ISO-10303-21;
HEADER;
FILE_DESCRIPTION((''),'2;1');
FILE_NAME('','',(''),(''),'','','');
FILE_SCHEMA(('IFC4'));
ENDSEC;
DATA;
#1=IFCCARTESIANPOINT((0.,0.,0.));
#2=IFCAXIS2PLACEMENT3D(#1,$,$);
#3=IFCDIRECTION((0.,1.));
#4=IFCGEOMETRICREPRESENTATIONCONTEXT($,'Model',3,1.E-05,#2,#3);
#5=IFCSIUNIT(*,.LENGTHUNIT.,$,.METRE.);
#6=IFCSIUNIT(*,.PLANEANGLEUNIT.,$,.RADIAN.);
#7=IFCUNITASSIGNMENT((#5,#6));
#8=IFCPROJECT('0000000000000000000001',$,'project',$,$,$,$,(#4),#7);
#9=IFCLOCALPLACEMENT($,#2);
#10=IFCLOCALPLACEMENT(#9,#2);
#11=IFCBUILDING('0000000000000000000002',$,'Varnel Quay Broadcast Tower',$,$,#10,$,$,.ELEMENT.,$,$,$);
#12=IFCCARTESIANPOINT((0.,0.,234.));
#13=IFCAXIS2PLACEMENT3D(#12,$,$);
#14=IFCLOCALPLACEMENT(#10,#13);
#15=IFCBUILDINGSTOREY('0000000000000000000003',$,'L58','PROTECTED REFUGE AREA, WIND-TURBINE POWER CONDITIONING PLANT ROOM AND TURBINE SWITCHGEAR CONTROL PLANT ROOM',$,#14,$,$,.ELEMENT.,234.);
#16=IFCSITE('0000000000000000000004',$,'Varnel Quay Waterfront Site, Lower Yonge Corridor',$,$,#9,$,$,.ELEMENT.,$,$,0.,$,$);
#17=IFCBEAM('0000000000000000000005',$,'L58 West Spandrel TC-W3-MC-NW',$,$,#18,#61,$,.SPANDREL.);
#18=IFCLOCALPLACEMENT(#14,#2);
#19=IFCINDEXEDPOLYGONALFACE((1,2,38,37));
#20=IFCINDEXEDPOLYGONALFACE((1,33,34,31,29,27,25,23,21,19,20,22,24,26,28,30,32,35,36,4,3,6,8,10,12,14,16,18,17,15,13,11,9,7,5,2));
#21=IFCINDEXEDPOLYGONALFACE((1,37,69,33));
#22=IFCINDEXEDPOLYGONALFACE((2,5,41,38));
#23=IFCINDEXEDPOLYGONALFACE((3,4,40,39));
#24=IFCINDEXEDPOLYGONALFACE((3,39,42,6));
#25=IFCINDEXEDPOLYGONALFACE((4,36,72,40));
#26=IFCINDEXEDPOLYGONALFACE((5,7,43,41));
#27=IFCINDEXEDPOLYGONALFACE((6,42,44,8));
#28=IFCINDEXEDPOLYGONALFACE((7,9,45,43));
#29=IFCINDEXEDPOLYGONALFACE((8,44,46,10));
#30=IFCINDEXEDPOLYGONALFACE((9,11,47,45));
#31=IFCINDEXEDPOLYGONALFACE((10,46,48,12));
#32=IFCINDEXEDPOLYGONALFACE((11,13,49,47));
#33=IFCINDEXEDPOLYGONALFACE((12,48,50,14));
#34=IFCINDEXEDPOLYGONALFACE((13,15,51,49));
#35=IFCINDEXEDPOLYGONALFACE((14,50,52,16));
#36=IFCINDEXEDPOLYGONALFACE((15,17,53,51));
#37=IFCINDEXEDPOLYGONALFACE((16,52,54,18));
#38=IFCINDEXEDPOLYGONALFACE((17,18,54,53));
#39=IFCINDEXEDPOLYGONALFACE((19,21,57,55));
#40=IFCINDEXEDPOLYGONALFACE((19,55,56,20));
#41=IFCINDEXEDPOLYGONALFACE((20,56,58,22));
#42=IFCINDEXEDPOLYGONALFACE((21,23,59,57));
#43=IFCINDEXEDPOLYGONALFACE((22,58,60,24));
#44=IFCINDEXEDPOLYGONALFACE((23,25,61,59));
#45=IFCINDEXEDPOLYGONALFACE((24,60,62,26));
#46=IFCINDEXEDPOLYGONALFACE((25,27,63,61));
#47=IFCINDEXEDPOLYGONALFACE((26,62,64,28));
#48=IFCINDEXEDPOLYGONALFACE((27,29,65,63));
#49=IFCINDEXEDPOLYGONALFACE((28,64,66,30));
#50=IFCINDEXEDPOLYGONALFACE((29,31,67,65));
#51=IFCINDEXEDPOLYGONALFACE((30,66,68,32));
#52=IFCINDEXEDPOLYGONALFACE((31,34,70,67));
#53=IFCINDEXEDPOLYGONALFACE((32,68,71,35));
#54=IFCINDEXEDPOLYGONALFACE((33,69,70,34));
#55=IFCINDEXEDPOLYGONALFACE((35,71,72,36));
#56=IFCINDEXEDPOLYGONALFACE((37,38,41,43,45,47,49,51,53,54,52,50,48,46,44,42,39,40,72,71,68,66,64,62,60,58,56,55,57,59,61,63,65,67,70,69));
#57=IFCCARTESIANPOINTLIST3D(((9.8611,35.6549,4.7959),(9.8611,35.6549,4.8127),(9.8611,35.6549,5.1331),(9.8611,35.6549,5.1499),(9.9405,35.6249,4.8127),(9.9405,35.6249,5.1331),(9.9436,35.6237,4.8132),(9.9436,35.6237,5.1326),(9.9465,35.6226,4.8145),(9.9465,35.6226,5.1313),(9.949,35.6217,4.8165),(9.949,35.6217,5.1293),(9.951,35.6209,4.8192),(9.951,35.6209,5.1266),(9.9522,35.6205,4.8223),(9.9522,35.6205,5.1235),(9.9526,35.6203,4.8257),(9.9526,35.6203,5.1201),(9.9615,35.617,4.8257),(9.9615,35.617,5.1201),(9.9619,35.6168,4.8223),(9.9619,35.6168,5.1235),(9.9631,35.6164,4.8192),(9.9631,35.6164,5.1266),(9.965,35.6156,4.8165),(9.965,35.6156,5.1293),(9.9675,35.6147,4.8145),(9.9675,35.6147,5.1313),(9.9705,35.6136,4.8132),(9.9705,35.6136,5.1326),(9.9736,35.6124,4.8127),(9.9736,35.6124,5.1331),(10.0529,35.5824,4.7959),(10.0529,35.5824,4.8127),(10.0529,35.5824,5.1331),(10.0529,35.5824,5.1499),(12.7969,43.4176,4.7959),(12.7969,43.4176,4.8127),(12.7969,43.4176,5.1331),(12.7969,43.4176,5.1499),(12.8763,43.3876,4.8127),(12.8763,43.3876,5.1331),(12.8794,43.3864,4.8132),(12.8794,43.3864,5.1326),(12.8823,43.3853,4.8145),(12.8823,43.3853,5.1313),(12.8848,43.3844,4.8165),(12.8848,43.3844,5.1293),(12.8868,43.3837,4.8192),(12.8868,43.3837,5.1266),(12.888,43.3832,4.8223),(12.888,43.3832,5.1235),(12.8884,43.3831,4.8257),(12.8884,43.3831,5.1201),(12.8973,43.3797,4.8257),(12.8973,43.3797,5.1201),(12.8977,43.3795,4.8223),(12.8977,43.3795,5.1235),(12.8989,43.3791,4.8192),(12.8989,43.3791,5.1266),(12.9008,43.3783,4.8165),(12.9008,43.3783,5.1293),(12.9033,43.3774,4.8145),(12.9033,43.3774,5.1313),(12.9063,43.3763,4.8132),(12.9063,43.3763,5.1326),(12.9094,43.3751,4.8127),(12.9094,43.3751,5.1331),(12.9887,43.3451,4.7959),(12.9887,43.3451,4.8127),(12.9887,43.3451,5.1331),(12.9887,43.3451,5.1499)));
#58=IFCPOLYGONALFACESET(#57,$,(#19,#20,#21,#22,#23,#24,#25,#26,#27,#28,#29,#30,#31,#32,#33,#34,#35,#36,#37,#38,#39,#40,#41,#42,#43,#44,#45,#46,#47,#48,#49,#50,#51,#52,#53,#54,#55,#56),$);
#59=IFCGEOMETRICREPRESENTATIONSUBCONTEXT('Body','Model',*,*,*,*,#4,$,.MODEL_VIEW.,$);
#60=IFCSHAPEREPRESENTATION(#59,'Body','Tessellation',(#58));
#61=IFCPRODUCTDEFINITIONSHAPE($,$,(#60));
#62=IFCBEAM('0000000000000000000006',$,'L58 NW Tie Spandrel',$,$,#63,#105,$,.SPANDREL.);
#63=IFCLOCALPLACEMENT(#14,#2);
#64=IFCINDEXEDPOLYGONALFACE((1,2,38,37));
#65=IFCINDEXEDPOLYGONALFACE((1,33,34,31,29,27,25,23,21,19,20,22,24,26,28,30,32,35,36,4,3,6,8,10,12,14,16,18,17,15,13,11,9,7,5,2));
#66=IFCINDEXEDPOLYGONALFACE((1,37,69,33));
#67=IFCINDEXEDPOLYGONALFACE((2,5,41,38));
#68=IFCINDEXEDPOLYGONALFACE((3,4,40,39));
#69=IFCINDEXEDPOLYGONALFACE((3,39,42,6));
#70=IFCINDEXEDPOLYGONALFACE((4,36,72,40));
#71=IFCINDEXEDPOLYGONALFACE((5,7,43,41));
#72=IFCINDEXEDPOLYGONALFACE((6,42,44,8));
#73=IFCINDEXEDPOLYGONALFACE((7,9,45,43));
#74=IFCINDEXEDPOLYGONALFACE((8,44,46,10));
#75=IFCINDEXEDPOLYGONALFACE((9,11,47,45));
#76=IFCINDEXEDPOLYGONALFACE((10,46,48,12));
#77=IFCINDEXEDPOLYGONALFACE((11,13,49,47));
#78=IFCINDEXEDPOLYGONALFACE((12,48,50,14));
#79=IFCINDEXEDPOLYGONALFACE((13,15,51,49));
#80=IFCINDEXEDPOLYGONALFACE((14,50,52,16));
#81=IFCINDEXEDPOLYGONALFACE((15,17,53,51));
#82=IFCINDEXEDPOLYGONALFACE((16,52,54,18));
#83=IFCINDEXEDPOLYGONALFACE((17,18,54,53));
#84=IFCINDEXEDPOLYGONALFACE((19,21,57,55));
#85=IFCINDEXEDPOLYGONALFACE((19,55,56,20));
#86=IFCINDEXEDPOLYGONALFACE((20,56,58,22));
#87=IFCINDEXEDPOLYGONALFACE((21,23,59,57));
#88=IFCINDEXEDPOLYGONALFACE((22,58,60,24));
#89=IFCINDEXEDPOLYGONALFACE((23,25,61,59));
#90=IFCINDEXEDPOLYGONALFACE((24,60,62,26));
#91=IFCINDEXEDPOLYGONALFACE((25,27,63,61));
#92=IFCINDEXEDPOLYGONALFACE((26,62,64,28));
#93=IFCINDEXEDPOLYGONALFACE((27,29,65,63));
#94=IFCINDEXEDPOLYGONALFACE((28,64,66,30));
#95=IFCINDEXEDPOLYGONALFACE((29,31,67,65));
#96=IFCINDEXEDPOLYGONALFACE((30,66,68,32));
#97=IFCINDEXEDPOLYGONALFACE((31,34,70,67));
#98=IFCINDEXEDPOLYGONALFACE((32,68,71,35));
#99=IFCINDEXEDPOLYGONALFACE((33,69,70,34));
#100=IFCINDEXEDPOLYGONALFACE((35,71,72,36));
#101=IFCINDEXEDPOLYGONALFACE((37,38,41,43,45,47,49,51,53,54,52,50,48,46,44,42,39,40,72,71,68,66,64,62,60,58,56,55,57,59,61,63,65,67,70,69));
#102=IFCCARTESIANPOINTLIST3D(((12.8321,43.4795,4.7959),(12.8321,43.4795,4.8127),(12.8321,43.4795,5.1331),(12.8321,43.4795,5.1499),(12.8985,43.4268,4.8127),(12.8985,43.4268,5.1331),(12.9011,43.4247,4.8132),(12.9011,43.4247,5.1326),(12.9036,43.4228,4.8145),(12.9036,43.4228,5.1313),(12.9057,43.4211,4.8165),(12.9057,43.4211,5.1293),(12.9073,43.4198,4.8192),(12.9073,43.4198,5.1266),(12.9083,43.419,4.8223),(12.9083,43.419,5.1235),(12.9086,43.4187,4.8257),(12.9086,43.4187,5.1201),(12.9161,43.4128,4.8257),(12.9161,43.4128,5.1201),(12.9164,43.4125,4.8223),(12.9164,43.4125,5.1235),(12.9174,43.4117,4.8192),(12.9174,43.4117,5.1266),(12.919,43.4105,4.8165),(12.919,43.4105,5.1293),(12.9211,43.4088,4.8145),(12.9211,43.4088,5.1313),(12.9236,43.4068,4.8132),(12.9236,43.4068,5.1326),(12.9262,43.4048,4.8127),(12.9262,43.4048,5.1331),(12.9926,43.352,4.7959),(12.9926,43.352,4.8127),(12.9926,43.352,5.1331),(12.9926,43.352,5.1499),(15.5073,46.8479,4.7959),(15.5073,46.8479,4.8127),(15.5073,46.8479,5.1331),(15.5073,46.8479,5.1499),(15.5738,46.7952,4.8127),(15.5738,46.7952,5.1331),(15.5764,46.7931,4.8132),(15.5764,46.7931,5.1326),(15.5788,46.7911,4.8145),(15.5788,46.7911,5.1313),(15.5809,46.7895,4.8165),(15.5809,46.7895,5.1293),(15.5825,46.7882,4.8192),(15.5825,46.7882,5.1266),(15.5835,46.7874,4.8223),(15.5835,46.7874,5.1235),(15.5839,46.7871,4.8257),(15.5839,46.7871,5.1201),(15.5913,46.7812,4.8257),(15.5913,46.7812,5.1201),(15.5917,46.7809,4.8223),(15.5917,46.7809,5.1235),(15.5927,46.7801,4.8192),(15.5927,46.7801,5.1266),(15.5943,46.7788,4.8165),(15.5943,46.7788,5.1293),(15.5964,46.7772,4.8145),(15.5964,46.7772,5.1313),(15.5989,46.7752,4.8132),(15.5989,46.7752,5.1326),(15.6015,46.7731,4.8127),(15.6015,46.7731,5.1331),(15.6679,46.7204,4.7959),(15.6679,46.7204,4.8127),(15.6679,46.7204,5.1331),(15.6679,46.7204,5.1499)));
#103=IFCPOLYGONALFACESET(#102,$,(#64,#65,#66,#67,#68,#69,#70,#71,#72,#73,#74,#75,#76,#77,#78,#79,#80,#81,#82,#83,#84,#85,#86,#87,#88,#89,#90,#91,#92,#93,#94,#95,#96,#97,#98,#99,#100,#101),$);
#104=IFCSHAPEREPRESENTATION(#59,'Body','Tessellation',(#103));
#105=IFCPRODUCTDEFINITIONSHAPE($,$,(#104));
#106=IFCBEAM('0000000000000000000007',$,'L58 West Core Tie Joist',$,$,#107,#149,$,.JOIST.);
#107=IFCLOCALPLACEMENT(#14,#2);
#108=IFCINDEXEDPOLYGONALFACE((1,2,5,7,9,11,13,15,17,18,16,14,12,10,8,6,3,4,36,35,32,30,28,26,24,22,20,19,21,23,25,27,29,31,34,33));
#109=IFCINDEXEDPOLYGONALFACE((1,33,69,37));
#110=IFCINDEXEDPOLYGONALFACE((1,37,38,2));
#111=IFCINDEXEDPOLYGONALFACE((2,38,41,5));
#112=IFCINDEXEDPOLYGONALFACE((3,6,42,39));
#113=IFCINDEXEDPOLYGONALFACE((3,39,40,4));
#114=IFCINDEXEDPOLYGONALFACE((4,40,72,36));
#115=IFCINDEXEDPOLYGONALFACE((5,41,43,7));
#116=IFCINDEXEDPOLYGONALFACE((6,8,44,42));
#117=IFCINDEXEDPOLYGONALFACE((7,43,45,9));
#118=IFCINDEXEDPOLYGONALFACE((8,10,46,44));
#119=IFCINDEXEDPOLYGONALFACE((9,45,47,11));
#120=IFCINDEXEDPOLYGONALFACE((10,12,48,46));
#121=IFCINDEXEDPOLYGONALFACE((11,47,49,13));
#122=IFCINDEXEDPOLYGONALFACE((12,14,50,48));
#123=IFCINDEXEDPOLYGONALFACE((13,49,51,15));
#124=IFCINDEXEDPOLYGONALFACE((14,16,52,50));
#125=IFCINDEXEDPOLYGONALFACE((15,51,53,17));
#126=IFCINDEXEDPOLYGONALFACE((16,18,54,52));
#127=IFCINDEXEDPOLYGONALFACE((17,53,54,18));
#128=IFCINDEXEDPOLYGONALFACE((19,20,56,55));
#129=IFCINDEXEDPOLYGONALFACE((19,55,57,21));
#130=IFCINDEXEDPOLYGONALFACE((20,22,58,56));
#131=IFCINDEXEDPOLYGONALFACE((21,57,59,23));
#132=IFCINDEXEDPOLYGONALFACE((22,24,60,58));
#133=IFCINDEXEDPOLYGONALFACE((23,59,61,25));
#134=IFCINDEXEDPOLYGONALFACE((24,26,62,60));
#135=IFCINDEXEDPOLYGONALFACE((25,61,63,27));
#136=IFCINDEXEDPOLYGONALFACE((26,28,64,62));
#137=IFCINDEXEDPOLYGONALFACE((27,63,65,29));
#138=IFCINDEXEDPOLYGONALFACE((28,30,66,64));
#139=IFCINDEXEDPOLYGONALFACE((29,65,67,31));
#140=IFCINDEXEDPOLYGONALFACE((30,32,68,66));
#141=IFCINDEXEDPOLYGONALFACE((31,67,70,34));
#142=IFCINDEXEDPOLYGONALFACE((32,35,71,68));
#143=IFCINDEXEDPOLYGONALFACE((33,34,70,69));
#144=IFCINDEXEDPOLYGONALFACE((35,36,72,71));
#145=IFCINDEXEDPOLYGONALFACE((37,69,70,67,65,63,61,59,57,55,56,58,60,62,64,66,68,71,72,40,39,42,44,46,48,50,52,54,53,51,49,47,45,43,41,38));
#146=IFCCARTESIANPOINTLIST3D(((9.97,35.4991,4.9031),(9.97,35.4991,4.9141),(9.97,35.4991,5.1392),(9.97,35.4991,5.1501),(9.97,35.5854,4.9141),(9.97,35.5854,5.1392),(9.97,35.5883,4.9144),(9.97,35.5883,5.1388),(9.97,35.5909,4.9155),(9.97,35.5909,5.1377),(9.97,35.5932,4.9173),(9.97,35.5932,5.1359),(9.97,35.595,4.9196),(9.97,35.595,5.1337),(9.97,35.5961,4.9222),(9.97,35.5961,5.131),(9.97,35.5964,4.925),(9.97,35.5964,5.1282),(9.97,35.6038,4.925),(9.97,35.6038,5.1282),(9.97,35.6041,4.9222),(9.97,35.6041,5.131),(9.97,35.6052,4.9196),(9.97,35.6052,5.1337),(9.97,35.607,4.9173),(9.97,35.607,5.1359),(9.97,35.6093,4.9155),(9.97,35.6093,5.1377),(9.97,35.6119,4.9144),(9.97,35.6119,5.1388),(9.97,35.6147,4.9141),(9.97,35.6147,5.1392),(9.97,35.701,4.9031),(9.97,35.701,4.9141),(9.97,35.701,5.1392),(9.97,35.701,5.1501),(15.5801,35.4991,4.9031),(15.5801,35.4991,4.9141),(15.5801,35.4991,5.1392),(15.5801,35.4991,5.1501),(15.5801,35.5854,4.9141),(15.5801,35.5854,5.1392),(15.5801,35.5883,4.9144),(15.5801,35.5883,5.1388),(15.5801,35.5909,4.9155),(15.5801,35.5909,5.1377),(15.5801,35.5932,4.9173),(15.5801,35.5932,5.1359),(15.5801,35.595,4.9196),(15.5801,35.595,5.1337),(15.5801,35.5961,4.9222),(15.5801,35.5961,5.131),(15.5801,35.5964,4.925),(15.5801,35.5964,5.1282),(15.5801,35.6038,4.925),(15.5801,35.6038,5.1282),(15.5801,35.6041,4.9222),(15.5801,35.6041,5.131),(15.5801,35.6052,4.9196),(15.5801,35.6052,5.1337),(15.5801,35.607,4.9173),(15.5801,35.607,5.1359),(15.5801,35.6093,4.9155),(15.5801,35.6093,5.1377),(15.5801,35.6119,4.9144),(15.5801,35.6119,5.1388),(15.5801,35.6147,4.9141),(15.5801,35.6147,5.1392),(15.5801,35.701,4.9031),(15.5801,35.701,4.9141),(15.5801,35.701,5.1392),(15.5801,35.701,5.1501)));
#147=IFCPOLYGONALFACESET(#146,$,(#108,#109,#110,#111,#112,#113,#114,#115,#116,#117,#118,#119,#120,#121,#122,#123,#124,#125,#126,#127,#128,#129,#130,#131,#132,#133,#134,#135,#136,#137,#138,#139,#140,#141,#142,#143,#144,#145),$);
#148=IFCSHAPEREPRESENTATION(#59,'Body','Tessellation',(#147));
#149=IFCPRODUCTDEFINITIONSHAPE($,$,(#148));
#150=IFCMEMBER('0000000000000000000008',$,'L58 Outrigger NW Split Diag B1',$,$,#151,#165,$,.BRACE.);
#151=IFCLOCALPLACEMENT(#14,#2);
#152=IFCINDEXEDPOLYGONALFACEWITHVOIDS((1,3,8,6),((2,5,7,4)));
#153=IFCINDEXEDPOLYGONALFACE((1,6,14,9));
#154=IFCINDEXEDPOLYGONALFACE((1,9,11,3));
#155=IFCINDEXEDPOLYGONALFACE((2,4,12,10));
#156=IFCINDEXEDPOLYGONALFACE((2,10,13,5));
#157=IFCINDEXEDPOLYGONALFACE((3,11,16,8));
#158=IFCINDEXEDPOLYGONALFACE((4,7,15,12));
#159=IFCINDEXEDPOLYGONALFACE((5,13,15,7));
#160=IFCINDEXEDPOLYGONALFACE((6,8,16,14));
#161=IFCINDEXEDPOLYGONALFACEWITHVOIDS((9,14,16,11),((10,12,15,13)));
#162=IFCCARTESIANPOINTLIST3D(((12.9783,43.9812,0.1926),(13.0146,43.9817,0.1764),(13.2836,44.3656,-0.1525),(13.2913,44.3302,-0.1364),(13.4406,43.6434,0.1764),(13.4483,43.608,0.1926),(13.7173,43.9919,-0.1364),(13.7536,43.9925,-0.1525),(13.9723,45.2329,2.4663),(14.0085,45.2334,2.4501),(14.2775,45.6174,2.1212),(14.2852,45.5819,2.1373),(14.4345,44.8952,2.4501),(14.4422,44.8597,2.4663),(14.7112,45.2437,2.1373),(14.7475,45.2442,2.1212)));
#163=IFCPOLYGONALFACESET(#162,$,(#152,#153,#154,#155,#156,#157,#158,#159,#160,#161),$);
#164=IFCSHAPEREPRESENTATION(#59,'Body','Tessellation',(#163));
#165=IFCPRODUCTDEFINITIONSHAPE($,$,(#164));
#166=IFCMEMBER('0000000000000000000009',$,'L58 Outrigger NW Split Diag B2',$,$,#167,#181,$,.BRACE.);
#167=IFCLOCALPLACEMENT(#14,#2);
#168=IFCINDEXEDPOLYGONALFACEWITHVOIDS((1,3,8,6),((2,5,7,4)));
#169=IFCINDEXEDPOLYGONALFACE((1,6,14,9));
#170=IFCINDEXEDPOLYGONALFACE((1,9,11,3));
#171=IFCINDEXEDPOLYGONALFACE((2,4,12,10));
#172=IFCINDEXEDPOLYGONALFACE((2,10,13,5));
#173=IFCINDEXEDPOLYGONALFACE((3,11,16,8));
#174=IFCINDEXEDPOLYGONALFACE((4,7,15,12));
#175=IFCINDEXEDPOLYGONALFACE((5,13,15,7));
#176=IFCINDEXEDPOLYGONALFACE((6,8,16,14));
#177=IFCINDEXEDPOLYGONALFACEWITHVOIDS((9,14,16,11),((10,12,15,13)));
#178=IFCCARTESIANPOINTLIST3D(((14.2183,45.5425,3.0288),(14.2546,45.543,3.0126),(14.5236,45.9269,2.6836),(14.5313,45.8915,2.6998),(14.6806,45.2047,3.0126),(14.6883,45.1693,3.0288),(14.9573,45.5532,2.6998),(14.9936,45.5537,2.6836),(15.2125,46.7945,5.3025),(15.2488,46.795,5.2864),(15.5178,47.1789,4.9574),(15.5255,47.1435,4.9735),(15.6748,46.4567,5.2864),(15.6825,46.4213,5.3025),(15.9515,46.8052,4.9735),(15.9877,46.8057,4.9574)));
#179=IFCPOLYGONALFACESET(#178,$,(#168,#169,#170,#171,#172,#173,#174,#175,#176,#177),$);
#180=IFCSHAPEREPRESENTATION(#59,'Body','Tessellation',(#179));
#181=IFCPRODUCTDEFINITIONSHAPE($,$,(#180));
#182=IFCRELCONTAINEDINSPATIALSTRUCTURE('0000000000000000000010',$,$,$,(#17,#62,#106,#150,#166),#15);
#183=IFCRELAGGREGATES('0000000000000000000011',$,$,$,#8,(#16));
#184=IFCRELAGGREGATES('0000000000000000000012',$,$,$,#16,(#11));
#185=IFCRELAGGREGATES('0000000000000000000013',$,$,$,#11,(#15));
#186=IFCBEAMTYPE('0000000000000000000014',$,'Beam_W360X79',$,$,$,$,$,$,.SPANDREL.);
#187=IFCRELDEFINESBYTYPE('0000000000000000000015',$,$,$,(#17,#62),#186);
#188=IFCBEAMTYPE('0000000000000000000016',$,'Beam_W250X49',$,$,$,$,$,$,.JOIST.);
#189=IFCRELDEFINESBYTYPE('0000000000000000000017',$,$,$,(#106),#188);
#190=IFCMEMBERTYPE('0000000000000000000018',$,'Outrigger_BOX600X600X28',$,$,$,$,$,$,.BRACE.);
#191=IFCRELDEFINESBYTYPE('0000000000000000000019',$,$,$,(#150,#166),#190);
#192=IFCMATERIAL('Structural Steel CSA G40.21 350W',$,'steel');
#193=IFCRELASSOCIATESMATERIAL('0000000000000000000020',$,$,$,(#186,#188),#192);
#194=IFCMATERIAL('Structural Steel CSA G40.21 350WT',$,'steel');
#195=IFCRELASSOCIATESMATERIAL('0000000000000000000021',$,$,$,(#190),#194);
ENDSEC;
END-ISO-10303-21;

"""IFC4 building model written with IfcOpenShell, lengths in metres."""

from ifc_helpers import new_model, si_unit, direction, frame, origin, origin_2d, place, context, subcontext, project, spatial, hollow_rectangle, i_section, extrude, source, transform, mapped, material, material_profile, profile_set, type_object, type_shapes, element, save


model = new_model("IFC4")

# Units and contexts
model_context = context("Model", 3, precision=1e-05, world=origin(), true_north=direction((0.0, 1.0)))
body_context = subcontext(model_context, "Body", "Model", "MODEL_VIEW")
ifc_project = project(units=[si_unit("LENGTHUNIT", "METRE"), si_unit("PLANEANGLEUNIT", "RADIAN")], contexts=[model_context])

# Site, building, storey
site_placement = place(None, origin())
site = spatial("IfcSite", under=ifc_project, at=site_placement, Name="Varnel Quay Waterfront Site, Lower Yonge Corridor", CompositionType="ELEMENT", RefElevation=0.0)
building_placement = place(site_placement, origin())
building = spatial("IfcBuilding", under=site, at=building_placement, Name="Varnel Quay Broadcast Tower", CompositionType="ELEMENT")
storey_placement = place(building_placement, frame((0.0, 0.0, 234.0)))
storey = spatial("IfcBuildingStorey", under=building, at=storey_placement, Name="L58", Description="PROTECTED REFUGE AREA, WIND-TURBINE POWER CONDITIONING PLANT ROOM AND TURBINE SWITCHGEAR CONTROL PLANT ROOM", CompositionType="ELEMENT", Elevation=234.0)

# Shared definitions
ifc_material_1 = material(Name="Structural Steel CSA G40.21 350WT", Category="steel")
ifc_material_2 = material(Name="Structural Steel CSA G40.21 350W", Category="steel")

# Beams
ifc_material_profile_1 = material_profile(ifc_material_2, i_section(OverallWidth=0.2051, OverallDepth=0.354, WebThickness=0.0095, FlangeThickness=0.0168, FilletRadius=0.0129, at=origin_2d()), Name="W360X79")
ifc_profile_set_1 = profile_set([ifc_material_profile_1], Name="Structural Steel CSA G40.21 350W")
beam_type_1 = type_object("IfcBeamType", Name="Beam_W360X79", PredefinedType="SPANDREL", material=ifc_profile_set_1)
shared_shape_1 = source(origin(), body_context, "Body", "SweptSolid", [
    extrude(i_section(OverallWidth=0.2051, OverallDepth=0.354, WebThickness=0.0095, FlangeThickness=0.0168, FilletRadius=0.0129, at=origin_2d()), origin(), (0.0, 0.0, 1.0), 8.2993),
])
beam_1_placement = place(storey_placement, frame((9.957, 35.6187, 4.9729), z_axis=(0.35374, 0.935344, 0.0), x_axis=(-0.935344, 0.35374, 0.0)))
element("IfcBeam", 1, at=beam_1_placement, inside=storey, type_object=beam_type_1, Name="L58 West Spandrel TC-W3-MC-NW", PredefinedType="SPANDREL", context=body_context, shape_type="MappedRepresentation", body=[
    mapped(shared_shape_1, transform((0.0, 0.0, 0.0), x_axis=(1.0, 0.0, 0.0), y_axis=(0.0, 1.0, 0.0), z_axis=(0.0, 0.0, 1.0), scale=1.0)),
])
shared_shape_2 = source(origin(), body_context, "Body", "SweptSolid", [
    extrude(i_section(OverallWidth=0.2051, OverallDepth=0.354, WebThickness=0.0095, FlangeThickness=0.0168, FilletRadius=0.0129, at=origin_2d()), origin(), (0.0, 0.0, 1.0), 4.3015),
])
beam_2_placement = place(storey_placement, frame((12.9124, 43.4158, 4.9729), z_axis=(0.621936, 0.783068, 0.0), x_axis=(-0.783068, 0.621936, 0.0)))
element("IfcBeam", 2, at=beam_2_placement, inside=storey, type_object=beam_type_1, Name="L58 NW Tie Spandrel", PredefinedType="SPANDREL", context=body_context, shape_type="MappedRepresentation", body=[
    mapped(shared_shape_2, transform((0.0, 0.0, 0.0), x_axis=(1.0, 0.0, 0.0), y_axis=(0.0, 1.0, 0.0), z_axis=(0.0, 0.0, 1.0), scale=1.0)),
])
ifc_material_profile_2 = material_profile(ifc_material_2, i_section(OverallWidth=0.2019, OverallDepth=0.2471, WebThickness=0.0073, FlangeThickness=0.011, FilletRadius=0.011, at=origin_2d()), Name="W250X49")
ifc_profile_set_2 = profile_set([ifc_material_profile_2], Name="Structural Steel CSA G40.21 350W")
beam_type_2 = type_object("IfcBeamType", Name="Beam_W250X49", PredefinedType="JOIST", material=ifc_profile_set_2)
shared_shape_3 = source(origin(), body_context, "Body", "SweptSolid", [
    extrude(i_section(OverallWidth=0.2019, OverallDepth=0.2471, WebThickness=0.0073, FlangeThickness=0.011, FilletRadius=0.011, at=origin_2d()), origin(), (0.0, 0.0, 1.0), 5.6101),
])
type_shapes(beam_type_2, [shared_shape_3])
beam_3_placement = place(storey_placement, frame((9.97, 35.6001, 5.0266), z_axis=(1.0, 0.0, 0.0), x_axis=(0.0, 1.0, 0.0)))
element("IfcBeam", 3, at=beam_3_placement, inside=storey, type_object=beam_type_2, Name="L58 West Core Tie Joist", PredefinedType="JOIST", context=body_context, shape_type="MappedRepresentation", body=[
    mapped(shared_shape_3, transform((0.0, 0.0, 0.0), x_axis=(1.0, 0.0, 0.0), y_axis=(0.0, 1.0, 0.0), z_axis=(0.0, 0.0, 1.0), scale=1.0)),
])

# Members
ifc_material_profile_3 = material_profile(ifc_material_1, hollow_rectangle(XDim=0.6001, YDim=0.6001, WallThickness=0.0281, at=origin_2d()), Name="BOX600X600X28")
ifc_profile_set_3 = profile_set([ifc_material_profile_3], Name="Structural Steel CSA G40.21 350WT")
member_type_1 = type_object("IfcMemberType", Name="Outrigger_BOX600X600X28", PredefinedType="BRACE", material=ifc_profile_set_3)
shared_shape_4 = source(origin(), body_context, "Body", "SweptSolid", [
    extrude(hollow_rectangle(XDim=0.6001, YDim=0.6001, WallThickness=0.0281, at=origin_2d()), origin(), (0.0, 0.0, 1.0), 2.7793),
])
member_1_placement = place(storey_placement, frame((13.366, 43.9868, 0.02), z_axis=(0.357613, 0.450376, 0.818092), x_axis=(-0.783144, 0.621841, 0.0)))
element("IfcMember", 4, at=member_1_placement, inside=storey, type_object=member_type_1, Name="L58 Outrigger NW Split Diag B1", PredefinedType="BRACE", context=body_context, shape_type="MappedRepresentation", body=[
    mapped(shared_shape_4, transform((0.0, 0.0, 0.0), x_axis=(1.0, 0.0, 0.0), y_axis=(0.0, 1.0, 0.0), z_axis=(0.0, 0.0, 1.0), scale=1.0)),
])
shared_shape_5 = source(origin(), body_context, "Body", "SweptSolid", [
    extrude(hollow_rectangle(XDim=0.6001, YDim=0.6001, WallThickness=0.0281, at=origin_2d()), origin(), (0.0, 0.0, 1.0), 2.7795),
])
member_2_placement = place(storey_placement, frame((14.606, 45.5481, 2.8562), z_axis=(0.357676, 0.450432, 0.818034), x_axis=(-0.783128, 0.62186, 0.0)))
element("IfcMember", 5, at=member_2_placement, inside=storey, type_object=member_type_1, Name="L58 Outrigger NW Split Diag B2", PredefinedType="BRACE", context=body_context, shape_type="MappedRepresentation", body=[
    mapped(shared_shape_5, transform((0.0, 0.0, 0.0), x_axis=(1.0, 0.0, 0.0), y_axis=(0.0, 1.0, 0.0), z_axis=(0.0, 0.0, 1.0), scale=1.0)),
])

save(model, "model.ifc")
